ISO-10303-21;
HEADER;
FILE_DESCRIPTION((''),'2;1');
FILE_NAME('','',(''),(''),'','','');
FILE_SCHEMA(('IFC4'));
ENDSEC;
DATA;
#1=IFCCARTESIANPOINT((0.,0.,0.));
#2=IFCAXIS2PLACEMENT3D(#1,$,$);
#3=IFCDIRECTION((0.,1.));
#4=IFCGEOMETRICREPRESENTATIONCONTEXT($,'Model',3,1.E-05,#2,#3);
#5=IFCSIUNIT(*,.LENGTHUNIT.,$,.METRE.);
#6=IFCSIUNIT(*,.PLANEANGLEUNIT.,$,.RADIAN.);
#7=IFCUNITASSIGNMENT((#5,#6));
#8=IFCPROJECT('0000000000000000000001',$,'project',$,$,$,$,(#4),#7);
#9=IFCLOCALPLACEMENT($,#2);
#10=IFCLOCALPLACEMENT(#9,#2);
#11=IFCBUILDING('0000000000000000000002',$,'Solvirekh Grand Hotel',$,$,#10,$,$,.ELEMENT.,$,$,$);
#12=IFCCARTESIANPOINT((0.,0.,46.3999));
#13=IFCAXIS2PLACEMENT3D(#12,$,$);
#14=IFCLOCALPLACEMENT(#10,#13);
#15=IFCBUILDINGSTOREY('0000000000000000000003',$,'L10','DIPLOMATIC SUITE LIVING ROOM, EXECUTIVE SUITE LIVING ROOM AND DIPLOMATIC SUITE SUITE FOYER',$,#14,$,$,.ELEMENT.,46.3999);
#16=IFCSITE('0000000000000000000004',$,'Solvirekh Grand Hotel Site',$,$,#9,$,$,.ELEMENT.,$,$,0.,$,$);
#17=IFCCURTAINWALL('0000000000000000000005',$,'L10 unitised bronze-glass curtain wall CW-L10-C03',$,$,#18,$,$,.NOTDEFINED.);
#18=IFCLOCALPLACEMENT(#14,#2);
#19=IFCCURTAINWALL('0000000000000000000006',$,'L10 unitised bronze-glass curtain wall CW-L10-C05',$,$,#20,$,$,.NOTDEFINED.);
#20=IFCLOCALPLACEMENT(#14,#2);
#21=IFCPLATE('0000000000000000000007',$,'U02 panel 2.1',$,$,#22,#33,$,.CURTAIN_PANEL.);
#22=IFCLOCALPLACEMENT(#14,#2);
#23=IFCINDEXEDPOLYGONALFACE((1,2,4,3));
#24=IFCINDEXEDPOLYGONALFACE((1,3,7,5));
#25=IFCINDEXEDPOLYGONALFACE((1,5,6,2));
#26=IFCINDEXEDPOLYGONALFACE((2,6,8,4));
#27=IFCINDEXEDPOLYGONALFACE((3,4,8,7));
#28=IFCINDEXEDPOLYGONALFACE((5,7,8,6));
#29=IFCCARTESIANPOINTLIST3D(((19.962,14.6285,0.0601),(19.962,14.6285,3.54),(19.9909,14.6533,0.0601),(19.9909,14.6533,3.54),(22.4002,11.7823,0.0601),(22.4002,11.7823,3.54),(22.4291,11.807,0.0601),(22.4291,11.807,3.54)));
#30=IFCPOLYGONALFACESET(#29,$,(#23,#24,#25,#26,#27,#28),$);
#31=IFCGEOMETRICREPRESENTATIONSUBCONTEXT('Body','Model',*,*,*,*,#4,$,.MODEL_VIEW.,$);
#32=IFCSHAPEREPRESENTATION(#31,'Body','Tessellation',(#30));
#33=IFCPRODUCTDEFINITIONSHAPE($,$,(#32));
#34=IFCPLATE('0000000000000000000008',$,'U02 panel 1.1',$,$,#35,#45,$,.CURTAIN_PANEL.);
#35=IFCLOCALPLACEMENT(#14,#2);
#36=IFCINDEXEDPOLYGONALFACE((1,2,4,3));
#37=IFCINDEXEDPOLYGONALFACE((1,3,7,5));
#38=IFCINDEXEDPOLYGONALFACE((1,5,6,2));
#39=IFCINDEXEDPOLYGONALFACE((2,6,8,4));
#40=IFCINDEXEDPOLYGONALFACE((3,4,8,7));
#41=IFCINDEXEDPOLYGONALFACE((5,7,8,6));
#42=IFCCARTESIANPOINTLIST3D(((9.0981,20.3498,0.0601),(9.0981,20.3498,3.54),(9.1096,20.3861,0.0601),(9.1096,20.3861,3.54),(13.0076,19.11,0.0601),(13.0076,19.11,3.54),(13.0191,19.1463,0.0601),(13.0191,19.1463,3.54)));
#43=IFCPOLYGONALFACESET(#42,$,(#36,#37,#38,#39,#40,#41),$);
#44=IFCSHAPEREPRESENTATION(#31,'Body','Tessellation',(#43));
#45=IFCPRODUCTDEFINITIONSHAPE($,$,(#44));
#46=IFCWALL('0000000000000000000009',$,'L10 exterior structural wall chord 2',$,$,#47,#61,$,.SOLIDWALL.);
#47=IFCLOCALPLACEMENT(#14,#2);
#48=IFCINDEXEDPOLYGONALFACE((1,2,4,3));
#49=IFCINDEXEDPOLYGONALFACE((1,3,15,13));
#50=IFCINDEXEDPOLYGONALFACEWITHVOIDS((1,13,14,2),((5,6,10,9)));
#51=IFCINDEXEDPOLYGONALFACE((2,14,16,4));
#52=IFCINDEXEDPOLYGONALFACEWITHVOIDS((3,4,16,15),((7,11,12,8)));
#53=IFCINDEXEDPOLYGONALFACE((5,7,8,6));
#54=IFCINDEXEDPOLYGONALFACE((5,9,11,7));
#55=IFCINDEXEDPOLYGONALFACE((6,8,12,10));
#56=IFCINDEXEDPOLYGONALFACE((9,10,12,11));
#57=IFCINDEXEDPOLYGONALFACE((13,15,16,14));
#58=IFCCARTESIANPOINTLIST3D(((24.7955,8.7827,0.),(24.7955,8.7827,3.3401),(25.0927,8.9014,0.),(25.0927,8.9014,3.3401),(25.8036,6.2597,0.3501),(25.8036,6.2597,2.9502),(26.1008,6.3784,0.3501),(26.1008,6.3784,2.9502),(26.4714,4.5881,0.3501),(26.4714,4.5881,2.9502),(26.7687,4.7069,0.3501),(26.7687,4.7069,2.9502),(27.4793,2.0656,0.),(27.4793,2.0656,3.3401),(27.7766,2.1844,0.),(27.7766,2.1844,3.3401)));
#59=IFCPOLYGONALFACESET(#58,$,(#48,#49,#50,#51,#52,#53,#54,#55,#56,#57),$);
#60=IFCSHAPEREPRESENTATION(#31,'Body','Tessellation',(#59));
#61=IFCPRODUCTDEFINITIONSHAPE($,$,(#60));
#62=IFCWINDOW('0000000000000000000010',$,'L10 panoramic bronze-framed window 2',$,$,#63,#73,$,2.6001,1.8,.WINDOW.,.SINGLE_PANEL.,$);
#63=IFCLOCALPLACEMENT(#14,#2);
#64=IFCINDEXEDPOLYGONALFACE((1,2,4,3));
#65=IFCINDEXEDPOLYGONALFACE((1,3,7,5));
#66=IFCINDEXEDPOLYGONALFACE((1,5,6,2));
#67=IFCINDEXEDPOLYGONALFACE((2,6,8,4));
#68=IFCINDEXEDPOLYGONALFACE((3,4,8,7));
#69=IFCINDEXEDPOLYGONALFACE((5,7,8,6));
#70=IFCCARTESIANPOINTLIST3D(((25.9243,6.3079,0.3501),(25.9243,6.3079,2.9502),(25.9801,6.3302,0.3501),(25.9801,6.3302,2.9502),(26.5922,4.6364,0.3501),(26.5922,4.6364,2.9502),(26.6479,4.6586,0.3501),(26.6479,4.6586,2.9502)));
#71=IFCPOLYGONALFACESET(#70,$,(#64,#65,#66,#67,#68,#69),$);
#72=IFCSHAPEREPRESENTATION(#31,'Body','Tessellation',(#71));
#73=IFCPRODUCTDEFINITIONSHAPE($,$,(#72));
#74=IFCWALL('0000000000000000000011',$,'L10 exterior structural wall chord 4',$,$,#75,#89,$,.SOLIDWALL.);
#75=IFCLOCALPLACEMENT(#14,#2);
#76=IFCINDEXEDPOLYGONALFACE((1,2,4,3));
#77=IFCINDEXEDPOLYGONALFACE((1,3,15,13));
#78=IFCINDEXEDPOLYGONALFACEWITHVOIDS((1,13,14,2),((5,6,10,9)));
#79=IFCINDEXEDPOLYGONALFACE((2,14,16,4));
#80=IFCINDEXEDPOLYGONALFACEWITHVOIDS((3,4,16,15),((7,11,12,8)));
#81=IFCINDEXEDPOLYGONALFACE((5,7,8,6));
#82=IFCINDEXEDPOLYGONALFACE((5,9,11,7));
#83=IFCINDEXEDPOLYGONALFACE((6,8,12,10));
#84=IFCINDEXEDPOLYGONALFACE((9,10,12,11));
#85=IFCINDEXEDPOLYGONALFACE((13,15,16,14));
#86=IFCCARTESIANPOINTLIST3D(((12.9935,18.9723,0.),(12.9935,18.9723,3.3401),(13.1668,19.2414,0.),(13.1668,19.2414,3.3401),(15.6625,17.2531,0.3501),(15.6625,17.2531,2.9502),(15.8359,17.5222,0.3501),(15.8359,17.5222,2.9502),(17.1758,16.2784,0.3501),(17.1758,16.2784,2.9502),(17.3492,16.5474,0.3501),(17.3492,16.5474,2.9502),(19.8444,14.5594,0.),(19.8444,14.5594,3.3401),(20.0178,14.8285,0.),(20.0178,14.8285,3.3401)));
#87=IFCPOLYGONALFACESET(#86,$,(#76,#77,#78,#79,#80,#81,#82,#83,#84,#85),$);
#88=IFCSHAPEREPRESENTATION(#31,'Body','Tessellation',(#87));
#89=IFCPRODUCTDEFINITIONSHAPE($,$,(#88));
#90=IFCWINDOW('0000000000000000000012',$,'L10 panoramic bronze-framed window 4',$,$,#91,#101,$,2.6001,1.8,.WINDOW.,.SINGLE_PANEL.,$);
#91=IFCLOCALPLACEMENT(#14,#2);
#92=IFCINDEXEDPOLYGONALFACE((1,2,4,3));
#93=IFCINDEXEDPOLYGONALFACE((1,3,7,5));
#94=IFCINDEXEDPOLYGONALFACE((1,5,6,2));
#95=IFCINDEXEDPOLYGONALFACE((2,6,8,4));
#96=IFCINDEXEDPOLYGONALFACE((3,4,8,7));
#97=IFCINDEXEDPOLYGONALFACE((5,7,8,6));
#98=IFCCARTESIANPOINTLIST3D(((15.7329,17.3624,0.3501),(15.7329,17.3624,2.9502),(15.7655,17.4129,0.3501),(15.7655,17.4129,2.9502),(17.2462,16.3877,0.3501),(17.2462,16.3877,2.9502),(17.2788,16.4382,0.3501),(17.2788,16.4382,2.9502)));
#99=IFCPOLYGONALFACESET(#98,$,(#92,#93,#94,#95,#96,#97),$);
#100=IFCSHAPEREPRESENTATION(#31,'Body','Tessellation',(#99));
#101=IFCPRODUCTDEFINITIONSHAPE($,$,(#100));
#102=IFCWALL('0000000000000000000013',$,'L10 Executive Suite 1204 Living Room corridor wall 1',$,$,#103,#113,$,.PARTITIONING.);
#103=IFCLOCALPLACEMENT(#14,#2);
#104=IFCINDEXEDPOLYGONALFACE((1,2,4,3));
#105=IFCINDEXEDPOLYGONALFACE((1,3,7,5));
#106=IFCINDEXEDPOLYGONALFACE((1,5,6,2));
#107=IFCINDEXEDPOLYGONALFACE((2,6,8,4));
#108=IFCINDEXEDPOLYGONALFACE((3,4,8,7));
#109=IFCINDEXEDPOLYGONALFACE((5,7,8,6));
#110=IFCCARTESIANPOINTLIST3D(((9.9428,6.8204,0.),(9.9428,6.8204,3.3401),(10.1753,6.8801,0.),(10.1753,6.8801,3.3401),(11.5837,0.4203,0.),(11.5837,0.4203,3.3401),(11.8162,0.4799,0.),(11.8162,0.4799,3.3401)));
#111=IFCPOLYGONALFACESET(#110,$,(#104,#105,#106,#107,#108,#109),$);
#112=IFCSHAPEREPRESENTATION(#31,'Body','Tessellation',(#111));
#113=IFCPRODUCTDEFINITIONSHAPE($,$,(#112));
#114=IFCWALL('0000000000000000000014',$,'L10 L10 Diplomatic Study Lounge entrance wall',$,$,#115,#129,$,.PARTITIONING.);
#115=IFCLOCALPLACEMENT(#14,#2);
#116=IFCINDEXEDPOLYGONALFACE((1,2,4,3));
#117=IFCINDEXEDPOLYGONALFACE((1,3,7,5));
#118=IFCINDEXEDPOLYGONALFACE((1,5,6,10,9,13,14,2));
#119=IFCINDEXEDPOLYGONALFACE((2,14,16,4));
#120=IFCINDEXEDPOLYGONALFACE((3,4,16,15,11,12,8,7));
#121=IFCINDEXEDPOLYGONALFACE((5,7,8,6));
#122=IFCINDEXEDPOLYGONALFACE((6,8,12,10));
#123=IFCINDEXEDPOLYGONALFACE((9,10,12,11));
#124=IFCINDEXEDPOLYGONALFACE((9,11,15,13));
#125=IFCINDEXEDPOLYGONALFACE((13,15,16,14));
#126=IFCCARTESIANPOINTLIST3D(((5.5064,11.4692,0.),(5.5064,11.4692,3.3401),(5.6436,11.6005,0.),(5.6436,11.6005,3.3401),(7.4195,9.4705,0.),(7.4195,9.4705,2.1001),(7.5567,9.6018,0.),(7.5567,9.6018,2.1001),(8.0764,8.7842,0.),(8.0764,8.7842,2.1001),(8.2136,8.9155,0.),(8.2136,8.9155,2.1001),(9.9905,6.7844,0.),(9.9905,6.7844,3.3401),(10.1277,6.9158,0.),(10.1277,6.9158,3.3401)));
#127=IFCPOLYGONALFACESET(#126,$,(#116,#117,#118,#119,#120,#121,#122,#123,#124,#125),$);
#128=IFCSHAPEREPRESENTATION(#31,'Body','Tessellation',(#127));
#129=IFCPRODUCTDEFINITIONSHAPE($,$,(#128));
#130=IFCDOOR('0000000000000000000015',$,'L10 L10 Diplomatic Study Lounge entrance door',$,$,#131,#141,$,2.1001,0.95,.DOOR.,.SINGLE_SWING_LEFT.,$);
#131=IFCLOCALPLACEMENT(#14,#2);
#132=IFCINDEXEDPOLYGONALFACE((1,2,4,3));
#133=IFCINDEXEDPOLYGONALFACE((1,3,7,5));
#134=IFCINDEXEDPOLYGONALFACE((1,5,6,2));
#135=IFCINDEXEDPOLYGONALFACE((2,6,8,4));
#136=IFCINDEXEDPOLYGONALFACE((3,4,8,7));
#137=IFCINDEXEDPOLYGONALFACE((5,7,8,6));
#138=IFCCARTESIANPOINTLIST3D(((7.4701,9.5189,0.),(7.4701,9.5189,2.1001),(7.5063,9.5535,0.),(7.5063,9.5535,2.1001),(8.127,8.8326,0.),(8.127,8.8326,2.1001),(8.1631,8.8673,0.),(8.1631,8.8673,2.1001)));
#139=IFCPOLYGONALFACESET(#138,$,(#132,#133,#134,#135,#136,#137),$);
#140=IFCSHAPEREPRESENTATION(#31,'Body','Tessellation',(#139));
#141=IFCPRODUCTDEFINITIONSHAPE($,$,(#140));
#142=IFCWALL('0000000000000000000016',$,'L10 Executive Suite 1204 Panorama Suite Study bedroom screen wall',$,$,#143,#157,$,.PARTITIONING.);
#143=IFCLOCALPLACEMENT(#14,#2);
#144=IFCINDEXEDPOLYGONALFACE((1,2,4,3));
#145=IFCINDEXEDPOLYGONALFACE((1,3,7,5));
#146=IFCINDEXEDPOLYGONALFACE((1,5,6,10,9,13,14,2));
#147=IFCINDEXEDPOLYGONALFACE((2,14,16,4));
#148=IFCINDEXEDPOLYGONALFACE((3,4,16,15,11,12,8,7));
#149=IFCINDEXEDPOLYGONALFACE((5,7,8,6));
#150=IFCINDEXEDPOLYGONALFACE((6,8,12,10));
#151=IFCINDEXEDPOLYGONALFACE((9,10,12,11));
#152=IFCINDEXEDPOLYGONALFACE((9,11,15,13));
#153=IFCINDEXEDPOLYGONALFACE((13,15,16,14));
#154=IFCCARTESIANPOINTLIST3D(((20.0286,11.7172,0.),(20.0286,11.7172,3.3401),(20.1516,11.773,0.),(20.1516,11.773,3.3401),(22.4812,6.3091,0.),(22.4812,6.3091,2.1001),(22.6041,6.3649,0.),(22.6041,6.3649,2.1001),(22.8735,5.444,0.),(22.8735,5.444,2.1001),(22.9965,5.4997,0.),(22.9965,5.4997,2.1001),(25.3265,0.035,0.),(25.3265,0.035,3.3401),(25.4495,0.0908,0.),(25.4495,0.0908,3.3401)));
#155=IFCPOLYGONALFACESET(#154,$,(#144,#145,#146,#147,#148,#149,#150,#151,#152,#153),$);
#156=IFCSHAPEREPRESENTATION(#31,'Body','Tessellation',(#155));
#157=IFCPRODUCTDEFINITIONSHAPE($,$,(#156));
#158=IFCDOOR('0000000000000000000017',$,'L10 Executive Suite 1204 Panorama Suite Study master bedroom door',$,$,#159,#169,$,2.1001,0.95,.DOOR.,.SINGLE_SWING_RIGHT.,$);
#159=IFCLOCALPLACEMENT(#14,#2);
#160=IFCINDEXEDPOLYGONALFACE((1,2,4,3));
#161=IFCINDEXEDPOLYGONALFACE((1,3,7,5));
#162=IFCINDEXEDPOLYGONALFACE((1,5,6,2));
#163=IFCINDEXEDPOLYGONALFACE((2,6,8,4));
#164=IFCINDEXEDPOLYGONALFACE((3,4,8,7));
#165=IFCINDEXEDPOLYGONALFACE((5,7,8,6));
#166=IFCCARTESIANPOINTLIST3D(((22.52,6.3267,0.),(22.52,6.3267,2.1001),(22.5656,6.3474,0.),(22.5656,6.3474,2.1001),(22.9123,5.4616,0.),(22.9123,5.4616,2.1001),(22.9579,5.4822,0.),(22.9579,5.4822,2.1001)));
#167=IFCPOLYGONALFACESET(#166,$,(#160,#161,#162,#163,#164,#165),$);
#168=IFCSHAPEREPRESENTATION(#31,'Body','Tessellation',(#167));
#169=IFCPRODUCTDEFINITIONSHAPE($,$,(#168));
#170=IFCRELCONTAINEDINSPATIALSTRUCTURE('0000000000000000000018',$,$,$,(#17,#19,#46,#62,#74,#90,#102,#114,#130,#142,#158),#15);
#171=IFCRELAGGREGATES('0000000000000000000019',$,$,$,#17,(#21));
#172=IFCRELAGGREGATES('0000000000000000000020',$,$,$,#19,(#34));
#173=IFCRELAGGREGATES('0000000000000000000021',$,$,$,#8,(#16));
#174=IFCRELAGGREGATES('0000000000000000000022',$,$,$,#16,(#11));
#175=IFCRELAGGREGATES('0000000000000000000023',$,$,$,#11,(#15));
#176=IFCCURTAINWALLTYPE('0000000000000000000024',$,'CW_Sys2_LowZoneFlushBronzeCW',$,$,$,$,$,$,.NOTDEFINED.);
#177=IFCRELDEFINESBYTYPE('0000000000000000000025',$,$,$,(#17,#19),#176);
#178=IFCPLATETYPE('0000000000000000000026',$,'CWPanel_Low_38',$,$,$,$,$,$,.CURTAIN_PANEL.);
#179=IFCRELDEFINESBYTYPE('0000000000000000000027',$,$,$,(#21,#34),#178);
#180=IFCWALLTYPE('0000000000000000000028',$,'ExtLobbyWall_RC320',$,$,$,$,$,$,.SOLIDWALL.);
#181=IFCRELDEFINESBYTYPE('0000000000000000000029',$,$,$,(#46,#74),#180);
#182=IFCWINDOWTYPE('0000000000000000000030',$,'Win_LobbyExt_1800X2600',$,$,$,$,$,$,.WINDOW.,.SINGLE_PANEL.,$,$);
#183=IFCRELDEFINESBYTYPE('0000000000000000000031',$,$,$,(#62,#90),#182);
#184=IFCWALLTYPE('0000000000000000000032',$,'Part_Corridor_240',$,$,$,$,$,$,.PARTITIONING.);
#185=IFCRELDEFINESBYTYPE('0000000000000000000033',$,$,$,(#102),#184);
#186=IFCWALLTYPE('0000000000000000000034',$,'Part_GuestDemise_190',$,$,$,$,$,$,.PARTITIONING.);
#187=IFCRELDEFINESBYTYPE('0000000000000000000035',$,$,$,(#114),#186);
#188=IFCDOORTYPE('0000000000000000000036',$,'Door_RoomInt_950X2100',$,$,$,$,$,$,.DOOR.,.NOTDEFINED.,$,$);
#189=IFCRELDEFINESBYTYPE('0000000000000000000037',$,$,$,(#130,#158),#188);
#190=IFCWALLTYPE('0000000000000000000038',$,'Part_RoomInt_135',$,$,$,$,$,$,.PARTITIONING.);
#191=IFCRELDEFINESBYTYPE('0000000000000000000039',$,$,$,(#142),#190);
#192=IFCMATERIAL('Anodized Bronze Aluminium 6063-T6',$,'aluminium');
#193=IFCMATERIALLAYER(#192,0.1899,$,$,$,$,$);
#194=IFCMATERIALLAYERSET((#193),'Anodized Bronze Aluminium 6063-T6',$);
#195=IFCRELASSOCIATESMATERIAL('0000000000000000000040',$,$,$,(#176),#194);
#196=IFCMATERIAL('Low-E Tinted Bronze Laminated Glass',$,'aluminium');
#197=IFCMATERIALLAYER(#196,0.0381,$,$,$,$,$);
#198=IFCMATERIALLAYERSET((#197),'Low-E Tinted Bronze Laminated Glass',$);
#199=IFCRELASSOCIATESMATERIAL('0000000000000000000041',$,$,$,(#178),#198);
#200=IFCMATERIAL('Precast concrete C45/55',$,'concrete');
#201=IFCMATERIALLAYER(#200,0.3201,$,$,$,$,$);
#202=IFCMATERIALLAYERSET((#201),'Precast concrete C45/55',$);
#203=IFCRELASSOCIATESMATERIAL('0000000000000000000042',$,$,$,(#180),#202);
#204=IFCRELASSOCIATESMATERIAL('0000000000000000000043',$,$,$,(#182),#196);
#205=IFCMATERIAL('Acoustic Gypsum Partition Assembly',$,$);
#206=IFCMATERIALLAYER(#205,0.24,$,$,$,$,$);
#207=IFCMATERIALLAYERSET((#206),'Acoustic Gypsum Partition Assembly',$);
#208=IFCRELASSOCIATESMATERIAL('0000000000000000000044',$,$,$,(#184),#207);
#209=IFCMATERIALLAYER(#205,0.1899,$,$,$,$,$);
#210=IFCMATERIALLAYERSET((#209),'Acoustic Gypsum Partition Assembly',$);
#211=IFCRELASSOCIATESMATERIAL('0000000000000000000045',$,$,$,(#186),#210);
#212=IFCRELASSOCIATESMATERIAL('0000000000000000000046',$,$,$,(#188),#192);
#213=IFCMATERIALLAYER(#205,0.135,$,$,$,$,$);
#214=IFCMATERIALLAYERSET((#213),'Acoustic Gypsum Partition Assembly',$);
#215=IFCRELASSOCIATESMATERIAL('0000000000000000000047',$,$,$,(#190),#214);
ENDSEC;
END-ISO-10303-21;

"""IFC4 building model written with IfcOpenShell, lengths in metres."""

from ifc_helpers import new_model, si_unit, direction, frame, frame_2d, origin, origin_2d, place, context, subcontext, project, spatial, rectangle, extrude, source, transform, mapped, material, layer, layer_set, type_object, element, fill, aggregate, save


model = new_model("IFC4")

# Units and contexts
model_context = context("Model", 3, precision=1e-05, world=origin(), true_north=direction((0.0, 1.0)))
body_context = subcontext(model_context, "Body", "Model", "MODEL_VIEW")
ifc_project = project(units=[si_unit("LENGTHUNIT", "METRE"), si_unit("PLANEANGLEUNIT", "RADIAN")], contexts=[model_context])

# Site, building, storey
site_placement = place(None, origin())
site = spatial("IfcSite", under=ifc_project, at=site_placement, Name="Solvirekh Grand Hotel Site", CompositionType="ELEMENT", RefElevation=0.0)
building_placement = place(site_placement, origin())
building = spatial("IfcBuilding", under=site, at=building_placement, Name="Solvirekh Grand Hotel", CompositionType="ELEMENT")
storey_placement = place(building_placement, frame((0.0, 0.0, 46.3999)))
storey = spatial("IfcBuildingStorey", under=building, at=storey_placement, Name="L10", Description="DIPLOMATIC SUITE LIVING ROOM, EXECUTIVE SUITE LIVING ROOM AND DIPLOMATIC SUITE SUITE FOYER", CompositionType="ELEMENT", Elevation=46.3999)

# Shared definitions
ifc_material_1 = material(Name="Anodized Bronze Aluminium 6063-T6", Category="aluminium")
ifc_layer_1 = layer(ifc_material_1, 0.1899)
ifc_layer_set_1 = layer_set([ifc_layer_1], Name="Anodized Bronze Aluminium 6063-T6")
curtain_wall_type = type_object("IfcCurtainWallType", Name="CW_Sys2_LowZoneFlushBronzeCW", PredefinedType="NOTDEFINED", material=ifc_layer_set_1)

# Curtain walls
curtain_wall_1_placement = place(storey_placement, origin())
curtain_wall_1 = element("IfcCurtainWall", 1, at=curtain_wall_1_placement, inside=storey, type_object=curtain_wall_type, Name="L10 unitised bronze-glass curtain wall CW-L10-C03", PredefinedType="NOTDEFINED")
curtain_wall_2_placement = place(storey_placement, origin())
curtain_wall_2 = element("IfcCurtainWall", 2, at=curtain_wall_2_placement, inside=storey, type_object=curtain_wall_type, Name="L10 unitised bronze-glass curtain wall CW-L10-C05", PredefinedType="NOTDEFINED")

# Plates
ifc_material_2 = material(Name="Low-E Tinted Bronze Laminated Glass", Category="aluminium")
ifc_layer_2 = layer(ifc_material_2, 0.0381)
ifc_layer_set_2 = layer_set([ifc_layer_2], Name="Low-E Tinted Bronze Laminated Glass")
plate_type = type_object("IfcPlateType", Name="CWPanel_Low_38", PredefinedType="CURTAIN_PANEL", material=ifc_layer_set_2)
shared_shape_1 = source(origin(), body_context, "Body", "SweptSolid", [
    extrude(rectangle(XDim=3.7478, YDim=0.0381, at=origin_2d()), origin(), (0.0, 0.0, 1.0), 3.48),
])
plate_1_placement = place(storey_placement, frame((21.1956, 13.2178, 0.0601), z_axis=(0.0, 0.0, 1.0), x_axis=(-0.650567, 0.759449, 0.0)))
plate_1 = element("IfcPlate", 3, at=plate_1_placement, type_object=plate_type, Name="U02 panel 2.1", PredefinedType="CURTAIN_PANEL", context=body_context, shape_type="MappedRepresentation", body=[
    mapped(shared_shape_1, transform((0.0, 0.0, 0.0), x_axis=(1.0, 0.0, 0.0), y_axis=(0.0, 1.0, 0.0), z_axis=(0.0, 0.0, 1.0), scale=1.0)),
])
aggregate(curtain_wall_1, [plate_1])
shared_shape_2 = source(origin(), body_context, "Body", "SweptSolid", [
    extrude(rectangle(XDim=4.1013, YDim=0.0381, at=origin_2d()), origin(), (0.0, 0.0, 1.0), 3.48),
])
plate_2_placement = place(storey_placement, frame((11.0586, 19.748, 0.0601), z_axis=(0.0, 0.0, 1.0), x_axis=(-0.953217, 0.302286, 0.0)))
plate_2 = element("IfcPlate", 4, at=plate_2_placement, type_object=plate_type, Name="U02 panel 1.1", PredefinedType="CURTAIN_PANEL", context=body_context, shape_type="MappedRepresentation", body=[
    mapped(shared_shape_2, transform((0.0, 0.0, 0.0), x_axis=(1.0, 0.0, 0.0), y_axis=(0.0, 1.0, 0.0), z_axis=(0.0, 0.0, 1.0), scale=1.0)),
])
aggregate(curtain_wall_2, [plate_2])

# Walls, openings, windows
ifc_material_3 = material(Name="Precast concrete C45/55", Category="concrete")
ifc_layer_3 = layer(ifc_material_3, 0.3201)
ifc_layer_set_3 = layer_set([ifc_layer_3], Name="Precast concrete C45/55")
wall_type_1 = type_object("IfcWallType", Name="ExtLobbyWall_RC320", PredefinedType="SOLIDWALL", material=ifc_layer_set_3)
wall_1_placement = place(storey_placement, frame((24.9441, 8.842, 0.0), z_axis=(0.0, 0.0, 1.0), x_axis=(0.371036, -0.928619, 0.0)))
wall_1 = element("IfcWall", 5, at=wall_1_placement, inside=storey, type_object=wall_type_1, Name="L10 exterior structural wall chord 2", PredefinedType="SOLIDWALL", context=body_context, shape_type="SweptSolid", body=[
    extrude(rectangle(XDim=7.2334, YDim=0.3201, at=frame_2d((3.6167, 0.0))), origin(), (0.0, 0.0, 1.0), 3.3401),
])
opening_1_placement = place(wall_1_placement, frame((2.717, 0.0, 0.3501)))
opening_1 = element("IfcOpeningElement", 6, at=opening_1_placement, cuts=wall_1, PredefinedType="OPENING", context=body_context, shape_type="SweptSolid", body=[
    extrude(rectangle(XDim=1.8, YDim=2.6001, at=frame_2d((0.8999, 1.3))), frame((0.0, 0.1699, 0.0), z_axis=(0.0, -1.0, 0.0), x_axis=(1.0, 0.0, 0.0)), (0.0, 0.0, 1.0), 0.3401),
])
window_type = type_object("IfcWindowType", Name="Win_LobbyExt_1800X2600", PartitioningType="SINGLE_PANEL", PredefinedType="WINDOW", material=ifc_material_2)
window_1_placement = place(opening_1_placement, origin())
window_1 = element("IfcWindow", 7, at=window_1_placement, inside=storey, type_object=window_type, Name="L10 panoramic bronze-framed window 2", OverallHeight=2.6001, OverallWidth=1.8, PartitioningType="SINGLE_PANEL", PredefinedType="WINDOW", context=body_context, shape_type="SweptSolid", body=[
    extrude(rectangle(XDim=1.8, YDim=2.6001, at=frame_2d((0.8999, 1.3))), frame((0.0, 0.03, 0.0), z_axis=(0.0, -1.0, 0.0), x_axis=(1.0, 0.0, 0.0)), (0.0, 0.0, 1.0), 0.0601),
])
fill(opening_1, window_1)
wall_2_placement = place(storey_placement, frame((13.0801, 19.1069, 0.0), z_axis=(0.0, 0.0, 1.0), x_axis=(0.84069, -0.541516, 0.0)))
wall_2 = element("IfcWall", 8, at=wall_2_placement, inside=storey, type_object=wall_type_1, Name="L10 exterior structural wall chord 4", PredefinedType="SOLIDWALL", context=body_context, shape_type="SweptSolid", body=[
    extrude(rectangle(XDim=8.1492, YDim=0.3201, at=frame_2d((4.0747, 0.0))), origin(), (0.0, 0.0, 1.0), 3.3401),
])
opening_2_placement = place(wall_2_placement, frame((3.175, 0.0, 0.3501)))
opening_2 = element("IfcOpeningElement", 9, at=opening_2_placement, cuts=wall_2, PredefinedType="OPENING", context=body_context, shape_type="SweptSolid", body=[
    extrude(rectangle(XDim=1.8, YDim=2.6001, at=frame_2d((0.8999, 1.3))), frame((0.0, 0.1699, 0.0), z_axis=(0.0, -1.0, 0.0), x_axis=(1.0, 0.0, 0.0)), (0.0, 0.0, 1.0), 0.3401),
])
window_2_placement = place(opening_2_placement, origin())
window_2 = element("IfcWindow", 10, at=window_2_placement, inside=storey, type_object=window_type, Name="L10 panoramic bronze-framed window 4", OverallHeight=2.6001, OverallWidth=1.8, PartitioningType="SINGLE_PANEL", PredefinedType="WINDOW", context=body_context, shape_type="SweptSolid", body=[
    extrude(rectangle(XDim=1.8, YDim=2.6001, at=frame_2d((0.8999, 1.3))), frame((0.0, 0.03, 0.0), z_axis=(0.0, -1.0, 0.0), x_axis=(1.0, 0.0, 0.0)), (0.0, 0.0, 1.0), 0.0601),
])
fill(opening_2, window_2)

# Wall
ifc_material_4 = material(Name="Acoustic Gypsum Partition Assembly")
ifc_layer_4 = layer(ifc_material_4, 0.24)
ifc_layer_set_4 = layer_set([ifc_layer_4], Name="Acoustic Gypsum Partition Assembly")
wall_type_2 = type_object("IfcWallType", Name="Part_Corridor_240", PredefinedType="PARTITIONING", material=ifc_layer_set_4)
wall_3_placement = place(storey_placement, frame((11.7, 0.45, 0.0), z_axis=(0.0, 0.0, 1.0), x_axis=(-0.248348, 0.968671, 0.0)))
element("IfcWall", 11, at=wall_3_placement, inside=storey, type_object=wall_type_2, Name="L10 Executive Suite 1204 Living Room corridor wall 1", PredefinedType="PARTITIONING", context=body_context, shape_type="SweptSolid", body=[
    extrude(rectangle(XDim=6.6072, YDim=0.24, at=frame_2d((3.3037, 0.0))), origin(), (0.0, 0.0, 1.0), 3.3401),
])

# Walls, openings, doors
ifc_layer_5 = layer(ifc_material_4, 0.1899)
ifc_layer_set_5 = layer_set([ifc_layer_5], Name="Acoustic Gypsum Partition Assembly")
wall_type_3 = type_object("IfcWallType", Name="Part_GuestDemise_190", PredefinedType="PARTITIONING", material=ifc_layer_set_5)
wall_4_placement = place(storey_placement, frame((10.0591, 6.8501, 0.0), z_axis=(0.0, 0.0, 1.0), x_axis=(-0.691465, 0.72241, 0.0)))
wall_4 = element("IfcWall", 12, at=wall_4_placement, inside=storey, type_object=wall_type_3, Name="L10 L10 Diplomatic Study Lounge entrance wall", PredefinedType="PARTITIONING", context=body_context, shape_type="SweptSolid", body=[
    extrude(rectangle(XDim=6.4849, YDim=0.1899, at=frame_2d((3.2424, 0.0))), origin(), (0.0, 0.0, 1.0), 3.3401),
])
opening_3_placement = place(wall_4_placement, frame((2.7681, 0.0, 0.0)))
opening_3 = element("IfcOpeningElement", 13, at=opening_3_placement, cuts=wall_4, PredefinedType="OPENING", context=body_context, shape_type="SweptSolid", body=[
    extrude(rectangle(XDim=0.95, YDim=2.1001, at=frame_2d((0.4751, 1.05))), frame((0.0, 0.105, 0.0), z_axis=(0.0, -1.0, 0.0), x_axis=(1.0, 0.0, 0.0)), (0.0, 0.0, 1.0), 0.21),
])
door_type = type_object("IfcDoorType", Name="Door_RoomInt_950X2100", OperationType="NOTDEFINED", PredefinedType="DOOR", material=ifc_material_1)
door_1_placement = place(opening_3_placement, origin())
door_1 = element("IfcDoor", 14, at=door_1_placement, inside=storey, type_object=door_type, Name="L10 L10 Diplomatic Study Lounge entrance door", OperationType="SINGLE_SWING_LEFT", OverallHeight=2.1001, OverallWidth=0.95, PredefinedType="DOOR", context=body_context, shape_type="SweptSolid", body=[
    extrude(rectangle(XDim=0.95, YDim=2.1001, at=frame_2d((0.4751, 1.05))), frame((0.0, 0.0249, 0.0), z_axis=(0.0, -1.0, 0.0), x_axis=(1.0, 0.0, 0.0)), (0.0, 0.0, 1.0), 0.05),
])
fill(opening_3, door_1)
ifc_layer_6 = layer(ifc_material_4, 0.135)
ifc_layer_set_6 = layer_set([ifc_layer_6], Name="Acoustic Gypsum Partition Assembly")
wall_type_4 = type_object("IfcWallType", Name="Part_RoomInt_135", PredefinedType="PARTITIONING", material=ifc_layer_set_6)
wall_5_placement = place(storey_placement, frame((25.3879, 0.063, 0.0), z_axis=(0.0, 0.0, 1.0), x_axis=(-0.413014, 0.910725, 0.0)))
wall_5 = element("IfcWall", 15, at=wall_5_placement, inside=storey, type_object=wall_type_4, Name="L10 Executive Suite 1204 Panorama Suite Study bedroom screen wall", PredefinedType="PARTITIONING", context=body_context, shape_type="SweptSolid", body=[
    extrude(rectangle(XDim=12.8274, YDim=0.135, at=frame_2d((6.4136, 0.0))), origin(), (0.0, 0.0, 1.0), 3.3401),
])
opening_4_placement = place(wall_5_placement, frame((5.939, 0.0, 0.0)))
opening_4 = element("IfcOpeningElement", 16, at=opening_4_placement, cuts=wall_5, PredefinedType="OPENING", context=body_context, shape_type="SweptSolid", body=[
    extrude(rectangle(XDim=0.95, YDim=2.1001, at=frame_2d((0.4751, 1.05))), frame((0.0, 0.0776, 0.0), z_axis=(0.0, -1.0, 0.0), x_axis=(1.0, 0.0, 0.0)), (0.0, 0.0, 1.0), 0.155),
])
door_2_placement = place(opening_4_placement, origin())
door_2 = element("IfcDoor", 17, at=door_2_placement, inside=storey, type_object=door_type, Name="L10 Executive Suite 1204 Panorama Suite Study master bedroom door", OperationType="SINGLE_SWING_RIGHT", OverallHeight=2.1001, OverallWidth=0.95, PredefinedType="DOOR", context=body_context, shape_type="SweptSolid", body=[
    extrude(rectangle(XDim=0.95, YDim=2.1001, at=frame_2d((0.4751, 1.05))), frame((0.0, 0.0249, 0.0), z_axis=(0.0, -1.0, 0.0), x_axis=(1.0, 0.0, 0.0)), (0.0, 0.0, 1.0), 0.05),
])
fill(opening_4, door_2)

save(model, "model.ifc")
